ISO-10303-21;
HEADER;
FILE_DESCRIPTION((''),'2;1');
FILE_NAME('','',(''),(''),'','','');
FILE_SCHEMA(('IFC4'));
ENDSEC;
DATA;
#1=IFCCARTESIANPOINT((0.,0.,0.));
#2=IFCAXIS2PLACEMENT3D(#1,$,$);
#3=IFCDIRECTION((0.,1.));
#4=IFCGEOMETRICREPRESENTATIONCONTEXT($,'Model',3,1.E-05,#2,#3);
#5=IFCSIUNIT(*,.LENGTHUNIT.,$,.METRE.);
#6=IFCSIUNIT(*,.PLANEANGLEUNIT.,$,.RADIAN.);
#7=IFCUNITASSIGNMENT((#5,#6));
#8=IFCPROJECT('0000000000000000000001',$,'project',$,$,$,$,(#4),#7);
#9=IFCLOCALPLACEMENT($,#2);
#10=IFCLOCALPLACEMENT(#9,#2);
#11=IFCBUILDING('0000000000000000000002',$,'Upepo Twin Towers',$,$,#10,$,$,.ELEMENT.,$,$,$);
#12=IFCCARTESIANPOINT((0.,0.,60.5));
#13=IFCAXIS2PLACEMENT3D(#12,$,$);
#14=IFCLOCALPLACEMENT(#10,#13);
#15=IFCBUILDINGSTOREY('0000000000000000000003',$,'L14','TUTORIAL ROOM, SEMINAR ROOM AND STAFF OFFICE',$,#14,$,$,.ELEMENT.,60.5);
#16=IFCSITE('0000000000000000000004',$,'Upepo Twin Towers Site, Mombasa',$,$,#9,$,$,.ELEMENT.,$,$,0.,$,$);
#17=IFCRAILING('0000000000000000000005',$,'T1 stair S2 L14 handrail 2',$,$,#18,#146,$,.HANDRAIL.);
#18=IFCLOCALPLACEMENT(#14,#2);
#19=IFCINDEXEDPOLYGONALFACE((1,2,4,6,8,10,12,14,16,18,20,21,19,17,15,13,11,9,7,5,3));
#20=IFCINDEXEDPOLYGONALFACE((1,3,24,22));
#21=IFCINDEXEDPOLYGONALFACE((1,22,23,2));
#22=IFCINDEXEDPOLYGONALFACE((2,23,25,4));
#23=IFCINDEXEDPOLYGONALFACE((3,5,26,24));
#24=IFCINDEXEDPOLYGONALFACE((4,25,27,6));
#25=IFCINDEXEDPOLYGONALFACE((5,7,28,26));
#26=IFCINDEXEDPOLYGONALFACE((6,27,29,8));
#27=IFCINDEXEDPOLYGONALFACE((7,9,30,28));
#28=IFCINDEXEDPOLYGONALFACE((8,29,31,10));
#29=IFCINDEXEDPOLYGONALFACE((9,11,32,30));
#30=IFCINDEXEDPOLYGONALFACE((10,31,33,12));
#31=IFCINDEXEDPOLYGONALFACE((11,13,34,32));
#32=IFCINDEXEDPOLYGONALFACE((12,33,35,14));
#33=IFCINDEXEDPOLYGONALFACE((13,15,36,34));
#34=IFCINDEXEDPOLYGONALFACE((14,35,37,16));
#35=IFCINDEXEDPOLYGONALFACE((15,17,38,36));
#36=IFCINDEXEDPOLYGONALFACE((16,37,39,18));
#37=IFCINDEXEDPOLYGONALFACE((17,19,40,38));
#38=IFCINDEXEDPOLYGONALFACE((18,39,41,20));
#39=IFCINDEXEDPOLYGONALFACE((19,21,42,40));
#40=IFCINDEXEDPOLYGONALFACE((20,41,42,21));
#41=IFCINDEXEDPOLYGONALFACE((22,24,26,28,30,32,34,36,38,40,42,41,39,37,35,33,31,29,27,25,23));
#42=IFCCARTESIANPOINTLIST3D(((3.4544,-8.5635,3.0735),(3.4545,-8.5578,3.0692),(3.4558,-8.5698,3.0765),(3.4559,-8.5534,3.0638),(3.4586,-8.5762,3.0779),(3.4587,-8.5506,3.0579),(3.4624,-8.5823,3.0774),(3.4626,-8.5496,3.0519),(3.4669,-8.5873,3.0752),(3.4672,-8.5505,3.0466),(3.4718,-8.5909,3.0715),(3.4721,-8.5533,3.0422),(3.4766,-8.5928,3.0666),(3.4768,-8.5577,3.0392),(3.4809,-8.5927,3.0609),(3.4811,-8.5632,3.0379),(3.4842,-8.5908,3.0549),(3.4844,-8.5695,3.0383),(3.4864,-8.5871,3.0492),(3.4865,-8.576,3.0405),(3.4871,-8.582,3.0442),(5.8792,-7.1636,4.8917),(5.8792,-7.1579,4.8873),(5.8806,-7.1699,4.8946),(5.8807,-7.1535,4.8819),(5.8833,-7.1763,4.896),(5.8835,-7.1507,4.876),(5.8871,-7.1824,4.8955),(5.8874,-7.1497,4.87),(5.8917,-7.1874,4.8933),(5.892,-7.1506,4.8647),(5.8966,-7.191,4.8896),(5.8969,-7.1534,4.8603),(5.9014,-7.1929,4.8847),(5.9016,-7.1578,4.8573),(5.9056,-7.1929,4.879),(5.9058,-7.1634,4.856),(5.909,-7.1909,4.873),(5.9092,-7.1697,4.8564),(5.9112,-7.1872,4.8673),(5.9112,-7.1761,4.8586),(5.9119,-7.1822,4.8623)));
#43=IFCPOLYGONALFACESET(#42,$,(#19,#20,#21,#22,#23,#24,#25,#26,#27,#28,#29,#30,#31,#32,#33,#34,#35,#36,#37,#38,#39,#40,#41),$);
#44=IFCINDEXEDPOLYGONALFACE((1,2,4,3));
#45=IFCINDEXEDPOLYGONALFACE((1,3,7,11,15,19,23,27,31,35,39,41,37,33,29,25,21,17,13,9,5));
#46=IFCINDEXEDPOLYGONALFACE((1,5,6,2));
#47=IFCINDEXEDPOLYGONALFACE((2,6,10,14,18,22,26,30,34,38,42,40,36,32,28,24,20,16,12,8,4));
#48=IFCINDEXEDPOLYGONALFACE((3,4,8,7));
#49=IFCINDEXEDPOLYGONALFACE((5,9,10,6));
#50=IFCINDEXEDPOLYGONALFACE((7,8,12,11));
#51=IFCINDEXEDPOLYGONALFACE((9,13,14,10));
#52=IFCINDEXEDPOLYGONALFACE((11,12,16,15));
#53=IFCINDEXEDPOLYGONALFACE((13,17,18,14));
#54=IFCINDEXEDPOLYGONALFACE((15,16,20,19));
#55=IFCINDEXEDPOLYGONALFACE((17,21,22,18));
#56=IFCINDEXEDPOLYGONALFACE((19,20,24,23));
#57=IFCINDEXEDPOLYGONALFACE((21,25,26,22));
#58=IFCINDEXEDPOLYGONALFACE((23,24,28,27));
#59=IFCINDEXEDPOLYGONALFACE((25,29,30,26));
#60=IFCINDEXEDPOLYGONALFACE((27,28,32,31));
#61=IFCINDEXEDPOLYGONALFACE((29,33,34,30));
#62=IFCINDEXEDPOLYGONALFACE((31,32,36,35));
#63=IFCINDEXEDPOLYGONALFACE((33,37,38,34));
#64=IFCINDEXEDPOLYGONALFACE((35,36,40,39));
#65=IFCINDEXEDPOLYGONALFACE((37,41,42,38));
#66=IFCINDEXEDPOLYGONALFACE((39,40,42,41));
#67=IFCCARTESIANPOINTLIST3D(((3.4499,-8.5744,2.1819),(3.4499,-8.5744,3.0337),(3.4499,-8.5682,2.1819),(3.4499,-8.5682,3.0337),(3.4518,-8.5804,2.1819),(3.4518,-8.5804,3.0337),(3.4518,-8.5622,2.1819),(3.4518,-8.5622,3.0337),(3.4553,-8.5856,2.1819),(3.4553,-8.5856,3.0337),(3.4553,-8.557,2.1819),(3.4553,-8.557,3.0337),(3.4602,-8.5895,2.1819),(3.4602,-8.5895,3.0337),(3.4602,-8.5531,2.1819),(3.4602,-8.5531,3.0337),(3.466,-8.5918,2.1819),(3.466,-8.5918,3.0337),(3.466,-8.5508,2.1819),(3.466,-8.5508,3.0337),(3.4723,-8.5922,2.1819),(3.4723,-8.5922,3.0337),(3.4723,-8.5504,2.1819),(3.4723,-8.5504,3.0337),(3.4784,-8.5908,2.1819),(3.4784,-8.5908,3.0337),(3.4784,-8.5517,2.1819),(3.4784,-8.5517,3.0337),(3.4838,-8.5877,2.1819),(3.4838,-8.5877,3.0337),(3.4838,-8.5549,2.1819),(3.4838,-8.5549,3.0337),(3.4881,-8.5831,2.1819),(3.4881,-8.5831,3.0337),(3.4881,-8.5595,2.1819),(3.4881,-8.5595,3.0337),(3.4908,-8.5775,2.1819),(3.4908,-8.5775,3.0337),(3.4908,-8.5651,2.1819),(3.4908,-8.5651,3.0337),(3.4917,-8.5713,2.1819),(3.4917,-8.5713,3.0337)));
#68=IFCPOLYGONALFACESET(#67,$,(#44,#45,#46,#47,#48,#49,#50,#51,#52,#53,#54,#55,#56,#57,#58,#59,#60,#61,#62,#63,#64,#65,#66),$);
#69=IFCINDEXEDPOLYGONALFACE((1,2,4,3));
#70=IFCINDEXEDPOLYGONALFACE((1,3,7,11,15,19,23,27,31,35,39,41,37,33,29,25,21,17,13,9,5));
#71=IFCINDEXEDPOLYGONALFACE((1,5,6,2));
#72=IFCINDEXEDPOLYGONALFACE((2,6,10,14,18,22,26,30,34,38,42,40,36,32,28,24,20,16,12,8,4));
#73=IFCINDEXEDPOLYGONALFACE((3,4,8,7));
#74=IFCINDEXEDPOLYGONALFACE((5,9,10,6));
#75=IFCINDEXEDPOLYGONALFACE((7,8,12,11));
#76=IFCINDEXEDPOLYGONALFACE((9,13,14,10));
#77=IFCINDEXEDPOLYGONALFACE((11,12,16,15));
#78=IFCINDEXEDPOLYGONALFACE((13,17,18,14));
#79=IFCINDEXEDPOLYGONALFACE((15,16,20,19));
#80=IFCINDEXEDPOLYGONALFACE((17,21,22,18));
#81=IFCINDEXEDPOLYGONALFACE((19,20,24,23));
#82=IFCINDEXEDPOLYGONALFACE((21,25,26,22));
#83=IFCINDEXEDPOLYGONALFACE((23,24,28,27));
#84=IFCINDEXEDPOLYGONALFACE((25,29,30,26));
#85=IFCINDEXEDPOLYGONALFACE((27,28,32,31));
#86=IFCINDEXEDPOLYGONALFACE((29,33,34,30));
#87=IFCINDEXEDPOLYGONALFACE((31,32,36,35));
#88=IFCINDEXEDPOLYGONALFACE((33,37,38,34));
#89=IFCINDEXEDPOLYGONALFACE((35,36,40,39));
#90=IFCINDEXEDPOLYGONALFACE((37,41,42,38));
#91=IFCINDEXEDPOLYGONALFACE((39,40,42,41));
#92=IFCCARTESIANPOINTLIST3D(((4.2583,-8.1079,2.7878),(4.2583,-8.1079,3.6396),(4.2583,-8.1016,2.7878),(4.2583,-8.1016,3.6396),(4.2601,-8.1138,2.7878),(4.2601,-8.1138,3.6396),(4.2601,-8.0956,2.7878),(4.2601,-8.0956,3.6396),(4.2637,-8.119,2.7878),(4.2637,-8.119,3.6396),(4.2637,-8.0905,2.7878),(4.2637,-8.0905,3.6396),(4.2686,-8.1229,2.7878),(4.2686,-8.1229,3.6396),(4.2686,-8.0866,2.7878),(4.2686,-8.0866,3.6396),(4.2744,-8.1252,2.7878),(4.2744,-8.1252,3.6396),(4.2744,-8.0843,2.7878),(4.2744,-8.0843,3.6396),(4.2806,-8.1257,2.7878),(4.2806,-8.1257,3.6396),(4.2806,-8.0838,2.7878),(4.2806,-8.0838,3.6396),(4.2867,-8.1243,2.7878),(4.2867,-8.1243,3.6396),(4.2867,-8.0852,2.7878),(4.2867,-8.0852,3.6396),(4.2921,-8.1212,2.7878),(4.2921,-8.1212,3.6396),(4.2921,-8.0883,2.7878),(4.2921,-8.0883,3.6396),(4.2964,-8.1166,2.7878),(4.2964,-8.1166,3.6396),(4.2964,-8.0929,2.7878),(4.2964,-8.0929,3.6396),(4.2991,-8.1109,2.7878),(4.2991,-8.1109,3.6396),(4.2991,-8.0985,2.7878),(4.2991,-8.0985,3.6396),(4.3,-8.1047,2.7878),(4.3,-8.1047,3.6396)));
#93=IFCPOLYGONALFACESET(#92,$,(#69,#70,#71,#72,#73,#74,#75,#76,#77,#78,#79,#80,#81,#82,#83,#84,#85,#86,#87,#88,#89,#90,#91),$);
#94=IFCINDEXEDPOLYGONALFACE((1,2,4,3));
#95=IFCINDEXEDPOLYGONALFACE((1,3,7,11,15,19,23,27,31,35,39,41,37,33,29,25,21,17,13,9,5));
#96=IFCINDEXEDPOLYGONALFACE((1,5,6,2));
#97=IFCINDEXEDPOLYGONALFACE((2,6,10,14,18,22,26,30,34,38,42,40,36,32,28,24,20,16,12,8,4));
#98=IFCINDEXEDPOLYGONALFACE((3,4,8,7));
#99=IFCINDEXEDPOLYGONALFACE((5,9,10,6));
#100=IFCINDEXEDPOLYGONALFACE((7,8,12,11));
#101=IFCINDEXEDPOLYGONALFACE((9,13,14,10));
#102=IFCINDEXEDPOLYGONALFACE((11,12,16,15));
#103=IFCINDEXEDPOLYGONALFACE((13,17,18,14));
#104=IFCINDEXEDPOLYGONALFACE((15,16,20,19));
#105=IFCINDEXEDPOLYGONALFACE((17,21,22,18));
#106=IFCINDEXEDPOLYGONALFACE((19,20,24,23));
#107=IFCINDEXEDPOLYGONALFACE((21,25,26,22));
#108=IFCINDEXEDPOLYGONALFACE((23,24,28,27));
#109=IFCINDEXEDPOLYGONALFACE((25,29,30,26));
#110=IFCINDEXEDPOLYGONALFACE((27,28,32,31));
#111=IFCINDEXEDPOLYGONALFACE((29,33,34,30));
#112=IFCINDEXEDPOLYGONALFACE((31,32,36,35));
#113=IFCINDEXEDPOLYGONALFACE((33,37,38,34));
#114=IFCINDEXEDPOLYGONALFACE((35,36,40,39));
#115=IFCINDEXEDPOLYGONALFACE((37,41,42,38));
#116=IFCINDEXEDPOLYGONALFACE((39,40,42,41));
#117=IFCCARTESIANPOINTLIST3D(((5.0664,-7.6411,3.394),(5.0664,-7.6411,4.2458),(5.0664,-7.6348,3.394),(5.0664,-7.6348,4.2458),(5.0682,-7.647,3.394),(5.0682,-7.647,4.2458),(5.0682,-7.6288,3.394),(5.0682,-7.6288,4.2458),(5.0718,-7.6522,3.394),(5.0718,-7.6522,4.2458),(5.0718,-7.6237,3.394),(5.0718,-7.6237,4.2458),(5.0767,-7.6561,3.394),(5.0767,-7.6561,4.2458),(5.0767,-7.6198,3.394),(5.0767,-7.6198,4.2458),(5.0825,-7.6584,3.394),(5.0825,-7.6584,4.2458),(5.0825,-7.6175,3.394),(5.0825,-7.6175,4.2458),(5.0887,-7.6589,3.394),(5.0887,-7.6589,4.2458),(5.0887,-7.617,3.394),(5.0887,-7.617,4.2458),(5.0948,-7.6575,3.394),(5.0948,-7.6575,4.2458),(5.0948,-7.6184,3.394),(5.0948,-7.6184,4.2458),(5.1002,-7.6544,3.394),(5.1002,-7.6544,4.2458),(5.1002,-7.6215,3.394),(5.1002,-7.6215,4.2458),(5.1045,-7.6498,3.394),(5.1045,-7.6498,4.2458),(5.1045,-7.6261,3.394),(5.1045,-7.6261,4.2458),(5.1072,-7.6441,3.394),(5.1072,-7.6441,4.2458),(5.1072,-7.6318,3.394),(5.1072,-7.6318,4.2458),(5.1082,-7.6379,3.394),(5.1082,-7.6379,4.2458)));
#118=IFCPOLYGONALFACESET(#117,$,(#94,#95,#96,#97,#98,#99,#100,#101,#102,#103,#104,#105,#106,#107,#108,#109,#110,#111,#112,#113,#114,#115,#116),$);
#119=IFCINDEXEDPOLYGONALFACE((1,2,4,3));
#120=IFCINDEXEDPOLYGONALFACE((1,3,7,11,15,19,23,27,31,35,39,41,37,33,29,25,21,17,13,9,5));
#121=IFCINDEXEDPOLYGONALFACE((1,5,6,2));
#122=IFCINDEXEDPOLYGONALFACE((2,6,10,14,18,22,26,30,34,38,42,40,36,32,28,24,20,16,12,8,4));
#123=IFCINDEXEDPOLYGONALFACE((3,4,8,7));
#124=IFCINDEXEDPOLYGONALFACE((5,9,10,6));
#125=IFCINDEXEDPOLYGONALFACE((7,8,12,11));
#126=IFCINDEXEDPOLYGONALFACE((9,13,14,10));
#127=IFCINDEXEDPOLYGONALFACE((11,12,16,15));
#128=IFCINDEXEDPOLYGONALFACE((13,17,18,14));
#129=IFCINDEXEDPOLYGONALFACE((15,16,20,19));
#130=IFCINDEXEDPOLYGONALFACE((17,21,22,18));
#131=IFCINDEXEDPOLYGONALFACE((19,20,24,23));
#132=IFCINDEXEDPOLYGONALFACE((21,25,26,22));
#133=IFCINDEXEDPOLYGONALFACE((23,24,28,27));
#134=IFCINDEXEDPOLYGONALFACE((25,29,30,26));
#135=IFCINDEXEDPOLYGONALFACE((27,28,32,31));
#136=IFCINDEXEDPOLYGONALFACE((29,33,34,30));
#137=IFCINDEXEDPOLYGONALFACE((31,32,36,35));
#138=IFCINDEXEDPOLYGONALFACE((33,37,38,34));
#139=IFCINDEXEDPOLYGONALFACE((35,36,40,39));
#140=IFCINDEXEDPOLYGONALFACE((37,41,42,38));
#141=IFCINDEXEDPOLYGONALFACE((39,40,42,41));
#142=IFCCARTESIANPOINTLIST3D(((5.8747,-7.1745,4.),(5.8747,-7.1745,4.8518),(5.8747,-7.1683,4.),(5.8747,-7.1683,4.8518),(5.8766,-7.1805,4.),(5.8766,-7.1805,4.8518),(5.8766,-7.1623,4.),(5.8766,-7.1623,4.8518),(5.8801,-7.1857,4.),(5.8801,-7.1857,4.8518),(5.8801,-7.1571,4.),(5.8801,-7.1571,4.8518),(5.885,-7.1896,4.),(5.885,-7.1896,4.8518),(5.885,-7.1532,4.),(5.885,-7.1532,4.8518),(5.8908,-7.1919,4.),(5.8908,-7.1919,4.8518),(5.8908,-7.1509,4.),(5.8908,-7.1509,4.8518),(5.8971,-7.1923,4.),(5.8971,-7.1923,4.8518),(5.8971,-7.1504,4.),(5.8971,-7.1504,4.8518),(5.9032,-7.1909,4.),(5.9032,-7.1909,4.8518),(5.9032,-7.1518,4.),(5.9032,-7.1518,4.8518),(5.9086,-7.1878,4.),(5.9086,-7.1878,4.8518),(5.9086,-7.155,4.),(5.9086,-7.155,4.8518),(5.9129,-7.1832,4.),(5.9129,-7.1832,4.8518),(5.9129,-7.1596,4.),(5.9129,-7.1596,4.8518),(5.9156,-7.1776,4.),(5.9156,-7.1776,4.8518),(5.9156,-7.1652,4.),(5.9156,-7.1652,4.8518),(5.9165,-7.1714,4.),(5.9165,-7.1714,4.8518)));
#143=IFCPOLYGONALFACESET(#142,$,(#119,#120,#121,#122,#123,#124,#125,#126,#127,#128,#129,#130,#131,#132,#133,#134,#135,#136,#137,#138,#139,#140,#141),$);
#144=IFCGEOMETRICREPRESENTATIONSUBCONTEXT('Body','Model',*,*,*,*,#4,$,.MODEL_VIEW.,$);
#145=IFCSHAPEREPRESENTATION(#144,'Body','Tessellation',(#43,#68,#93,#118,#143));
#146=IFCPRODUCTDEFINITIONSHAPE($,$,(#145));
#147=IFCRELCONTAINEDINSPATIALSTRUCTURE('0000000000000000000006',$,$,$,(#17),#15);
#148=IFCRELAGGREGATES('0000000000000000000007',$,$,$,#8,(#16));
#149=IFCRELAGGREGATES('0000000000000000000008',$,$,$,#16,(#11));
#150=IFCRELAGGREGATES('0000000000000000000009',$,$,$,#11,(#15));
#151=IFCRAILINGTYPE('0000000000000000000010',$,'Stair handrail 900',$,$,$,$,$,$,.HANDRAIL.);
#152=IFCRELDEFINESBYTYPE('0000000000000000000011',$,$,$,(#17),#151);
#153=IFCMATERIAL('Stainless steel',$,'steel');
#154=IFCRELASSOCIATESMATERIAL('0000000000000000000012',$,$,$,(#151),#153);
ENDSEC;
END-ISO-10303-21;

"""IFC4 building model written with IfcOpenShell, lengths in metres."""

from ifc_helpers import new_model, si_unit, direction, frame, origin, origin_2d, place, context, subcontext, project, spatial, circle, extrude, material, type_object, element, save


model = new_model("IFC4")

# Units and contexts
model_context = context("Model", 3, precision=1e-05, world=origin(), true_north=direction((0.0, 1.0)))
body_context = subcontext(model_context, "Body", "Model", "MODEL_VIEW")
ifc_project = project(units=[si_unit("LENGTHUNIT", "METRE"), si_unit("PLANEANGLEUNIT", "RADIAN")], contexts=[model_context])

# Site, building, storey
site_placement = place(None, origin())
site = spatial("IfcSite", under=ifc_project, at=site_placement, Name="Upepo Twin Towers Site, Mombasa", CompositionType="ELEMENT", RefElevation=0.0)
building_placement = place(site_placement, origin())
building = spatial("IfcBuilding", under=site, at=building_placement, Name="Upepo Twin Towers", CompositionType="ELEMENT")
storey_placement = place(building_placement, frame((0.0, 0.0, 60.5)))
storey = spatial("IfcBuildingStorey", under=building, at=storey_placement, Name="L14", Description="TUTORIAL ROOM, SEMINAR ROOM AND STAFF OFFICE", CompositionType="ELEMENT", Elevation=60.5)

# Railing
ifc_material_1 = material(Name="Stainless steel", Category="steel")
railing_type = type_object("IfcRailingType", Name="Stair handrail 900", PredefinedType="HANDRAIL", material=ifc_material_1)
railing_1_placement = place(storey_placement, frame((3.4707, -8.5713, 2.1819)))
element("IfcRailing", 1, at=railing_1_placement, inside=storey, type_object=railing_type, Name="T1 stair S2 L14 handrail 2", PredefinedType="HANDRAIL", context=body_context, shape_type="SweptSolid", body=[
    extrude(circle(Radius=0.0239, at=origin_2d()), frame((0.0, 0.0, 0.876), z_axis=(0.726336, 0.419333, 0.544606), x_axis=(-0.499984, 0.866035, 0.0)), (0.0, 0.0, 1.0), 3.3384),
    extrude(circle(Radius=0.021, at=origin_2d()), origin(), (0.0, 0.0, 1.0), 0.8518),
    extrude(circle(Radius=0.021, at=origin_2d()), frame((0.8083, 0.4666, 0.606)), (0.0, 0.0, 1.0), 0.8518),
    extrude(circle(Radius=0.021, at=origin_2d()), frame((1.6165, 0.9333, 1.2122)), (0.0, 0.0, 1.0), 0.8518),
    extrude(circle(Radius=0.021, at=origin_2d()), frame((2.4248, 1.3999, 1.8181)), (0.0, 0.0, 1.0), 0.8518),
])

save(model, "model.ifc")
